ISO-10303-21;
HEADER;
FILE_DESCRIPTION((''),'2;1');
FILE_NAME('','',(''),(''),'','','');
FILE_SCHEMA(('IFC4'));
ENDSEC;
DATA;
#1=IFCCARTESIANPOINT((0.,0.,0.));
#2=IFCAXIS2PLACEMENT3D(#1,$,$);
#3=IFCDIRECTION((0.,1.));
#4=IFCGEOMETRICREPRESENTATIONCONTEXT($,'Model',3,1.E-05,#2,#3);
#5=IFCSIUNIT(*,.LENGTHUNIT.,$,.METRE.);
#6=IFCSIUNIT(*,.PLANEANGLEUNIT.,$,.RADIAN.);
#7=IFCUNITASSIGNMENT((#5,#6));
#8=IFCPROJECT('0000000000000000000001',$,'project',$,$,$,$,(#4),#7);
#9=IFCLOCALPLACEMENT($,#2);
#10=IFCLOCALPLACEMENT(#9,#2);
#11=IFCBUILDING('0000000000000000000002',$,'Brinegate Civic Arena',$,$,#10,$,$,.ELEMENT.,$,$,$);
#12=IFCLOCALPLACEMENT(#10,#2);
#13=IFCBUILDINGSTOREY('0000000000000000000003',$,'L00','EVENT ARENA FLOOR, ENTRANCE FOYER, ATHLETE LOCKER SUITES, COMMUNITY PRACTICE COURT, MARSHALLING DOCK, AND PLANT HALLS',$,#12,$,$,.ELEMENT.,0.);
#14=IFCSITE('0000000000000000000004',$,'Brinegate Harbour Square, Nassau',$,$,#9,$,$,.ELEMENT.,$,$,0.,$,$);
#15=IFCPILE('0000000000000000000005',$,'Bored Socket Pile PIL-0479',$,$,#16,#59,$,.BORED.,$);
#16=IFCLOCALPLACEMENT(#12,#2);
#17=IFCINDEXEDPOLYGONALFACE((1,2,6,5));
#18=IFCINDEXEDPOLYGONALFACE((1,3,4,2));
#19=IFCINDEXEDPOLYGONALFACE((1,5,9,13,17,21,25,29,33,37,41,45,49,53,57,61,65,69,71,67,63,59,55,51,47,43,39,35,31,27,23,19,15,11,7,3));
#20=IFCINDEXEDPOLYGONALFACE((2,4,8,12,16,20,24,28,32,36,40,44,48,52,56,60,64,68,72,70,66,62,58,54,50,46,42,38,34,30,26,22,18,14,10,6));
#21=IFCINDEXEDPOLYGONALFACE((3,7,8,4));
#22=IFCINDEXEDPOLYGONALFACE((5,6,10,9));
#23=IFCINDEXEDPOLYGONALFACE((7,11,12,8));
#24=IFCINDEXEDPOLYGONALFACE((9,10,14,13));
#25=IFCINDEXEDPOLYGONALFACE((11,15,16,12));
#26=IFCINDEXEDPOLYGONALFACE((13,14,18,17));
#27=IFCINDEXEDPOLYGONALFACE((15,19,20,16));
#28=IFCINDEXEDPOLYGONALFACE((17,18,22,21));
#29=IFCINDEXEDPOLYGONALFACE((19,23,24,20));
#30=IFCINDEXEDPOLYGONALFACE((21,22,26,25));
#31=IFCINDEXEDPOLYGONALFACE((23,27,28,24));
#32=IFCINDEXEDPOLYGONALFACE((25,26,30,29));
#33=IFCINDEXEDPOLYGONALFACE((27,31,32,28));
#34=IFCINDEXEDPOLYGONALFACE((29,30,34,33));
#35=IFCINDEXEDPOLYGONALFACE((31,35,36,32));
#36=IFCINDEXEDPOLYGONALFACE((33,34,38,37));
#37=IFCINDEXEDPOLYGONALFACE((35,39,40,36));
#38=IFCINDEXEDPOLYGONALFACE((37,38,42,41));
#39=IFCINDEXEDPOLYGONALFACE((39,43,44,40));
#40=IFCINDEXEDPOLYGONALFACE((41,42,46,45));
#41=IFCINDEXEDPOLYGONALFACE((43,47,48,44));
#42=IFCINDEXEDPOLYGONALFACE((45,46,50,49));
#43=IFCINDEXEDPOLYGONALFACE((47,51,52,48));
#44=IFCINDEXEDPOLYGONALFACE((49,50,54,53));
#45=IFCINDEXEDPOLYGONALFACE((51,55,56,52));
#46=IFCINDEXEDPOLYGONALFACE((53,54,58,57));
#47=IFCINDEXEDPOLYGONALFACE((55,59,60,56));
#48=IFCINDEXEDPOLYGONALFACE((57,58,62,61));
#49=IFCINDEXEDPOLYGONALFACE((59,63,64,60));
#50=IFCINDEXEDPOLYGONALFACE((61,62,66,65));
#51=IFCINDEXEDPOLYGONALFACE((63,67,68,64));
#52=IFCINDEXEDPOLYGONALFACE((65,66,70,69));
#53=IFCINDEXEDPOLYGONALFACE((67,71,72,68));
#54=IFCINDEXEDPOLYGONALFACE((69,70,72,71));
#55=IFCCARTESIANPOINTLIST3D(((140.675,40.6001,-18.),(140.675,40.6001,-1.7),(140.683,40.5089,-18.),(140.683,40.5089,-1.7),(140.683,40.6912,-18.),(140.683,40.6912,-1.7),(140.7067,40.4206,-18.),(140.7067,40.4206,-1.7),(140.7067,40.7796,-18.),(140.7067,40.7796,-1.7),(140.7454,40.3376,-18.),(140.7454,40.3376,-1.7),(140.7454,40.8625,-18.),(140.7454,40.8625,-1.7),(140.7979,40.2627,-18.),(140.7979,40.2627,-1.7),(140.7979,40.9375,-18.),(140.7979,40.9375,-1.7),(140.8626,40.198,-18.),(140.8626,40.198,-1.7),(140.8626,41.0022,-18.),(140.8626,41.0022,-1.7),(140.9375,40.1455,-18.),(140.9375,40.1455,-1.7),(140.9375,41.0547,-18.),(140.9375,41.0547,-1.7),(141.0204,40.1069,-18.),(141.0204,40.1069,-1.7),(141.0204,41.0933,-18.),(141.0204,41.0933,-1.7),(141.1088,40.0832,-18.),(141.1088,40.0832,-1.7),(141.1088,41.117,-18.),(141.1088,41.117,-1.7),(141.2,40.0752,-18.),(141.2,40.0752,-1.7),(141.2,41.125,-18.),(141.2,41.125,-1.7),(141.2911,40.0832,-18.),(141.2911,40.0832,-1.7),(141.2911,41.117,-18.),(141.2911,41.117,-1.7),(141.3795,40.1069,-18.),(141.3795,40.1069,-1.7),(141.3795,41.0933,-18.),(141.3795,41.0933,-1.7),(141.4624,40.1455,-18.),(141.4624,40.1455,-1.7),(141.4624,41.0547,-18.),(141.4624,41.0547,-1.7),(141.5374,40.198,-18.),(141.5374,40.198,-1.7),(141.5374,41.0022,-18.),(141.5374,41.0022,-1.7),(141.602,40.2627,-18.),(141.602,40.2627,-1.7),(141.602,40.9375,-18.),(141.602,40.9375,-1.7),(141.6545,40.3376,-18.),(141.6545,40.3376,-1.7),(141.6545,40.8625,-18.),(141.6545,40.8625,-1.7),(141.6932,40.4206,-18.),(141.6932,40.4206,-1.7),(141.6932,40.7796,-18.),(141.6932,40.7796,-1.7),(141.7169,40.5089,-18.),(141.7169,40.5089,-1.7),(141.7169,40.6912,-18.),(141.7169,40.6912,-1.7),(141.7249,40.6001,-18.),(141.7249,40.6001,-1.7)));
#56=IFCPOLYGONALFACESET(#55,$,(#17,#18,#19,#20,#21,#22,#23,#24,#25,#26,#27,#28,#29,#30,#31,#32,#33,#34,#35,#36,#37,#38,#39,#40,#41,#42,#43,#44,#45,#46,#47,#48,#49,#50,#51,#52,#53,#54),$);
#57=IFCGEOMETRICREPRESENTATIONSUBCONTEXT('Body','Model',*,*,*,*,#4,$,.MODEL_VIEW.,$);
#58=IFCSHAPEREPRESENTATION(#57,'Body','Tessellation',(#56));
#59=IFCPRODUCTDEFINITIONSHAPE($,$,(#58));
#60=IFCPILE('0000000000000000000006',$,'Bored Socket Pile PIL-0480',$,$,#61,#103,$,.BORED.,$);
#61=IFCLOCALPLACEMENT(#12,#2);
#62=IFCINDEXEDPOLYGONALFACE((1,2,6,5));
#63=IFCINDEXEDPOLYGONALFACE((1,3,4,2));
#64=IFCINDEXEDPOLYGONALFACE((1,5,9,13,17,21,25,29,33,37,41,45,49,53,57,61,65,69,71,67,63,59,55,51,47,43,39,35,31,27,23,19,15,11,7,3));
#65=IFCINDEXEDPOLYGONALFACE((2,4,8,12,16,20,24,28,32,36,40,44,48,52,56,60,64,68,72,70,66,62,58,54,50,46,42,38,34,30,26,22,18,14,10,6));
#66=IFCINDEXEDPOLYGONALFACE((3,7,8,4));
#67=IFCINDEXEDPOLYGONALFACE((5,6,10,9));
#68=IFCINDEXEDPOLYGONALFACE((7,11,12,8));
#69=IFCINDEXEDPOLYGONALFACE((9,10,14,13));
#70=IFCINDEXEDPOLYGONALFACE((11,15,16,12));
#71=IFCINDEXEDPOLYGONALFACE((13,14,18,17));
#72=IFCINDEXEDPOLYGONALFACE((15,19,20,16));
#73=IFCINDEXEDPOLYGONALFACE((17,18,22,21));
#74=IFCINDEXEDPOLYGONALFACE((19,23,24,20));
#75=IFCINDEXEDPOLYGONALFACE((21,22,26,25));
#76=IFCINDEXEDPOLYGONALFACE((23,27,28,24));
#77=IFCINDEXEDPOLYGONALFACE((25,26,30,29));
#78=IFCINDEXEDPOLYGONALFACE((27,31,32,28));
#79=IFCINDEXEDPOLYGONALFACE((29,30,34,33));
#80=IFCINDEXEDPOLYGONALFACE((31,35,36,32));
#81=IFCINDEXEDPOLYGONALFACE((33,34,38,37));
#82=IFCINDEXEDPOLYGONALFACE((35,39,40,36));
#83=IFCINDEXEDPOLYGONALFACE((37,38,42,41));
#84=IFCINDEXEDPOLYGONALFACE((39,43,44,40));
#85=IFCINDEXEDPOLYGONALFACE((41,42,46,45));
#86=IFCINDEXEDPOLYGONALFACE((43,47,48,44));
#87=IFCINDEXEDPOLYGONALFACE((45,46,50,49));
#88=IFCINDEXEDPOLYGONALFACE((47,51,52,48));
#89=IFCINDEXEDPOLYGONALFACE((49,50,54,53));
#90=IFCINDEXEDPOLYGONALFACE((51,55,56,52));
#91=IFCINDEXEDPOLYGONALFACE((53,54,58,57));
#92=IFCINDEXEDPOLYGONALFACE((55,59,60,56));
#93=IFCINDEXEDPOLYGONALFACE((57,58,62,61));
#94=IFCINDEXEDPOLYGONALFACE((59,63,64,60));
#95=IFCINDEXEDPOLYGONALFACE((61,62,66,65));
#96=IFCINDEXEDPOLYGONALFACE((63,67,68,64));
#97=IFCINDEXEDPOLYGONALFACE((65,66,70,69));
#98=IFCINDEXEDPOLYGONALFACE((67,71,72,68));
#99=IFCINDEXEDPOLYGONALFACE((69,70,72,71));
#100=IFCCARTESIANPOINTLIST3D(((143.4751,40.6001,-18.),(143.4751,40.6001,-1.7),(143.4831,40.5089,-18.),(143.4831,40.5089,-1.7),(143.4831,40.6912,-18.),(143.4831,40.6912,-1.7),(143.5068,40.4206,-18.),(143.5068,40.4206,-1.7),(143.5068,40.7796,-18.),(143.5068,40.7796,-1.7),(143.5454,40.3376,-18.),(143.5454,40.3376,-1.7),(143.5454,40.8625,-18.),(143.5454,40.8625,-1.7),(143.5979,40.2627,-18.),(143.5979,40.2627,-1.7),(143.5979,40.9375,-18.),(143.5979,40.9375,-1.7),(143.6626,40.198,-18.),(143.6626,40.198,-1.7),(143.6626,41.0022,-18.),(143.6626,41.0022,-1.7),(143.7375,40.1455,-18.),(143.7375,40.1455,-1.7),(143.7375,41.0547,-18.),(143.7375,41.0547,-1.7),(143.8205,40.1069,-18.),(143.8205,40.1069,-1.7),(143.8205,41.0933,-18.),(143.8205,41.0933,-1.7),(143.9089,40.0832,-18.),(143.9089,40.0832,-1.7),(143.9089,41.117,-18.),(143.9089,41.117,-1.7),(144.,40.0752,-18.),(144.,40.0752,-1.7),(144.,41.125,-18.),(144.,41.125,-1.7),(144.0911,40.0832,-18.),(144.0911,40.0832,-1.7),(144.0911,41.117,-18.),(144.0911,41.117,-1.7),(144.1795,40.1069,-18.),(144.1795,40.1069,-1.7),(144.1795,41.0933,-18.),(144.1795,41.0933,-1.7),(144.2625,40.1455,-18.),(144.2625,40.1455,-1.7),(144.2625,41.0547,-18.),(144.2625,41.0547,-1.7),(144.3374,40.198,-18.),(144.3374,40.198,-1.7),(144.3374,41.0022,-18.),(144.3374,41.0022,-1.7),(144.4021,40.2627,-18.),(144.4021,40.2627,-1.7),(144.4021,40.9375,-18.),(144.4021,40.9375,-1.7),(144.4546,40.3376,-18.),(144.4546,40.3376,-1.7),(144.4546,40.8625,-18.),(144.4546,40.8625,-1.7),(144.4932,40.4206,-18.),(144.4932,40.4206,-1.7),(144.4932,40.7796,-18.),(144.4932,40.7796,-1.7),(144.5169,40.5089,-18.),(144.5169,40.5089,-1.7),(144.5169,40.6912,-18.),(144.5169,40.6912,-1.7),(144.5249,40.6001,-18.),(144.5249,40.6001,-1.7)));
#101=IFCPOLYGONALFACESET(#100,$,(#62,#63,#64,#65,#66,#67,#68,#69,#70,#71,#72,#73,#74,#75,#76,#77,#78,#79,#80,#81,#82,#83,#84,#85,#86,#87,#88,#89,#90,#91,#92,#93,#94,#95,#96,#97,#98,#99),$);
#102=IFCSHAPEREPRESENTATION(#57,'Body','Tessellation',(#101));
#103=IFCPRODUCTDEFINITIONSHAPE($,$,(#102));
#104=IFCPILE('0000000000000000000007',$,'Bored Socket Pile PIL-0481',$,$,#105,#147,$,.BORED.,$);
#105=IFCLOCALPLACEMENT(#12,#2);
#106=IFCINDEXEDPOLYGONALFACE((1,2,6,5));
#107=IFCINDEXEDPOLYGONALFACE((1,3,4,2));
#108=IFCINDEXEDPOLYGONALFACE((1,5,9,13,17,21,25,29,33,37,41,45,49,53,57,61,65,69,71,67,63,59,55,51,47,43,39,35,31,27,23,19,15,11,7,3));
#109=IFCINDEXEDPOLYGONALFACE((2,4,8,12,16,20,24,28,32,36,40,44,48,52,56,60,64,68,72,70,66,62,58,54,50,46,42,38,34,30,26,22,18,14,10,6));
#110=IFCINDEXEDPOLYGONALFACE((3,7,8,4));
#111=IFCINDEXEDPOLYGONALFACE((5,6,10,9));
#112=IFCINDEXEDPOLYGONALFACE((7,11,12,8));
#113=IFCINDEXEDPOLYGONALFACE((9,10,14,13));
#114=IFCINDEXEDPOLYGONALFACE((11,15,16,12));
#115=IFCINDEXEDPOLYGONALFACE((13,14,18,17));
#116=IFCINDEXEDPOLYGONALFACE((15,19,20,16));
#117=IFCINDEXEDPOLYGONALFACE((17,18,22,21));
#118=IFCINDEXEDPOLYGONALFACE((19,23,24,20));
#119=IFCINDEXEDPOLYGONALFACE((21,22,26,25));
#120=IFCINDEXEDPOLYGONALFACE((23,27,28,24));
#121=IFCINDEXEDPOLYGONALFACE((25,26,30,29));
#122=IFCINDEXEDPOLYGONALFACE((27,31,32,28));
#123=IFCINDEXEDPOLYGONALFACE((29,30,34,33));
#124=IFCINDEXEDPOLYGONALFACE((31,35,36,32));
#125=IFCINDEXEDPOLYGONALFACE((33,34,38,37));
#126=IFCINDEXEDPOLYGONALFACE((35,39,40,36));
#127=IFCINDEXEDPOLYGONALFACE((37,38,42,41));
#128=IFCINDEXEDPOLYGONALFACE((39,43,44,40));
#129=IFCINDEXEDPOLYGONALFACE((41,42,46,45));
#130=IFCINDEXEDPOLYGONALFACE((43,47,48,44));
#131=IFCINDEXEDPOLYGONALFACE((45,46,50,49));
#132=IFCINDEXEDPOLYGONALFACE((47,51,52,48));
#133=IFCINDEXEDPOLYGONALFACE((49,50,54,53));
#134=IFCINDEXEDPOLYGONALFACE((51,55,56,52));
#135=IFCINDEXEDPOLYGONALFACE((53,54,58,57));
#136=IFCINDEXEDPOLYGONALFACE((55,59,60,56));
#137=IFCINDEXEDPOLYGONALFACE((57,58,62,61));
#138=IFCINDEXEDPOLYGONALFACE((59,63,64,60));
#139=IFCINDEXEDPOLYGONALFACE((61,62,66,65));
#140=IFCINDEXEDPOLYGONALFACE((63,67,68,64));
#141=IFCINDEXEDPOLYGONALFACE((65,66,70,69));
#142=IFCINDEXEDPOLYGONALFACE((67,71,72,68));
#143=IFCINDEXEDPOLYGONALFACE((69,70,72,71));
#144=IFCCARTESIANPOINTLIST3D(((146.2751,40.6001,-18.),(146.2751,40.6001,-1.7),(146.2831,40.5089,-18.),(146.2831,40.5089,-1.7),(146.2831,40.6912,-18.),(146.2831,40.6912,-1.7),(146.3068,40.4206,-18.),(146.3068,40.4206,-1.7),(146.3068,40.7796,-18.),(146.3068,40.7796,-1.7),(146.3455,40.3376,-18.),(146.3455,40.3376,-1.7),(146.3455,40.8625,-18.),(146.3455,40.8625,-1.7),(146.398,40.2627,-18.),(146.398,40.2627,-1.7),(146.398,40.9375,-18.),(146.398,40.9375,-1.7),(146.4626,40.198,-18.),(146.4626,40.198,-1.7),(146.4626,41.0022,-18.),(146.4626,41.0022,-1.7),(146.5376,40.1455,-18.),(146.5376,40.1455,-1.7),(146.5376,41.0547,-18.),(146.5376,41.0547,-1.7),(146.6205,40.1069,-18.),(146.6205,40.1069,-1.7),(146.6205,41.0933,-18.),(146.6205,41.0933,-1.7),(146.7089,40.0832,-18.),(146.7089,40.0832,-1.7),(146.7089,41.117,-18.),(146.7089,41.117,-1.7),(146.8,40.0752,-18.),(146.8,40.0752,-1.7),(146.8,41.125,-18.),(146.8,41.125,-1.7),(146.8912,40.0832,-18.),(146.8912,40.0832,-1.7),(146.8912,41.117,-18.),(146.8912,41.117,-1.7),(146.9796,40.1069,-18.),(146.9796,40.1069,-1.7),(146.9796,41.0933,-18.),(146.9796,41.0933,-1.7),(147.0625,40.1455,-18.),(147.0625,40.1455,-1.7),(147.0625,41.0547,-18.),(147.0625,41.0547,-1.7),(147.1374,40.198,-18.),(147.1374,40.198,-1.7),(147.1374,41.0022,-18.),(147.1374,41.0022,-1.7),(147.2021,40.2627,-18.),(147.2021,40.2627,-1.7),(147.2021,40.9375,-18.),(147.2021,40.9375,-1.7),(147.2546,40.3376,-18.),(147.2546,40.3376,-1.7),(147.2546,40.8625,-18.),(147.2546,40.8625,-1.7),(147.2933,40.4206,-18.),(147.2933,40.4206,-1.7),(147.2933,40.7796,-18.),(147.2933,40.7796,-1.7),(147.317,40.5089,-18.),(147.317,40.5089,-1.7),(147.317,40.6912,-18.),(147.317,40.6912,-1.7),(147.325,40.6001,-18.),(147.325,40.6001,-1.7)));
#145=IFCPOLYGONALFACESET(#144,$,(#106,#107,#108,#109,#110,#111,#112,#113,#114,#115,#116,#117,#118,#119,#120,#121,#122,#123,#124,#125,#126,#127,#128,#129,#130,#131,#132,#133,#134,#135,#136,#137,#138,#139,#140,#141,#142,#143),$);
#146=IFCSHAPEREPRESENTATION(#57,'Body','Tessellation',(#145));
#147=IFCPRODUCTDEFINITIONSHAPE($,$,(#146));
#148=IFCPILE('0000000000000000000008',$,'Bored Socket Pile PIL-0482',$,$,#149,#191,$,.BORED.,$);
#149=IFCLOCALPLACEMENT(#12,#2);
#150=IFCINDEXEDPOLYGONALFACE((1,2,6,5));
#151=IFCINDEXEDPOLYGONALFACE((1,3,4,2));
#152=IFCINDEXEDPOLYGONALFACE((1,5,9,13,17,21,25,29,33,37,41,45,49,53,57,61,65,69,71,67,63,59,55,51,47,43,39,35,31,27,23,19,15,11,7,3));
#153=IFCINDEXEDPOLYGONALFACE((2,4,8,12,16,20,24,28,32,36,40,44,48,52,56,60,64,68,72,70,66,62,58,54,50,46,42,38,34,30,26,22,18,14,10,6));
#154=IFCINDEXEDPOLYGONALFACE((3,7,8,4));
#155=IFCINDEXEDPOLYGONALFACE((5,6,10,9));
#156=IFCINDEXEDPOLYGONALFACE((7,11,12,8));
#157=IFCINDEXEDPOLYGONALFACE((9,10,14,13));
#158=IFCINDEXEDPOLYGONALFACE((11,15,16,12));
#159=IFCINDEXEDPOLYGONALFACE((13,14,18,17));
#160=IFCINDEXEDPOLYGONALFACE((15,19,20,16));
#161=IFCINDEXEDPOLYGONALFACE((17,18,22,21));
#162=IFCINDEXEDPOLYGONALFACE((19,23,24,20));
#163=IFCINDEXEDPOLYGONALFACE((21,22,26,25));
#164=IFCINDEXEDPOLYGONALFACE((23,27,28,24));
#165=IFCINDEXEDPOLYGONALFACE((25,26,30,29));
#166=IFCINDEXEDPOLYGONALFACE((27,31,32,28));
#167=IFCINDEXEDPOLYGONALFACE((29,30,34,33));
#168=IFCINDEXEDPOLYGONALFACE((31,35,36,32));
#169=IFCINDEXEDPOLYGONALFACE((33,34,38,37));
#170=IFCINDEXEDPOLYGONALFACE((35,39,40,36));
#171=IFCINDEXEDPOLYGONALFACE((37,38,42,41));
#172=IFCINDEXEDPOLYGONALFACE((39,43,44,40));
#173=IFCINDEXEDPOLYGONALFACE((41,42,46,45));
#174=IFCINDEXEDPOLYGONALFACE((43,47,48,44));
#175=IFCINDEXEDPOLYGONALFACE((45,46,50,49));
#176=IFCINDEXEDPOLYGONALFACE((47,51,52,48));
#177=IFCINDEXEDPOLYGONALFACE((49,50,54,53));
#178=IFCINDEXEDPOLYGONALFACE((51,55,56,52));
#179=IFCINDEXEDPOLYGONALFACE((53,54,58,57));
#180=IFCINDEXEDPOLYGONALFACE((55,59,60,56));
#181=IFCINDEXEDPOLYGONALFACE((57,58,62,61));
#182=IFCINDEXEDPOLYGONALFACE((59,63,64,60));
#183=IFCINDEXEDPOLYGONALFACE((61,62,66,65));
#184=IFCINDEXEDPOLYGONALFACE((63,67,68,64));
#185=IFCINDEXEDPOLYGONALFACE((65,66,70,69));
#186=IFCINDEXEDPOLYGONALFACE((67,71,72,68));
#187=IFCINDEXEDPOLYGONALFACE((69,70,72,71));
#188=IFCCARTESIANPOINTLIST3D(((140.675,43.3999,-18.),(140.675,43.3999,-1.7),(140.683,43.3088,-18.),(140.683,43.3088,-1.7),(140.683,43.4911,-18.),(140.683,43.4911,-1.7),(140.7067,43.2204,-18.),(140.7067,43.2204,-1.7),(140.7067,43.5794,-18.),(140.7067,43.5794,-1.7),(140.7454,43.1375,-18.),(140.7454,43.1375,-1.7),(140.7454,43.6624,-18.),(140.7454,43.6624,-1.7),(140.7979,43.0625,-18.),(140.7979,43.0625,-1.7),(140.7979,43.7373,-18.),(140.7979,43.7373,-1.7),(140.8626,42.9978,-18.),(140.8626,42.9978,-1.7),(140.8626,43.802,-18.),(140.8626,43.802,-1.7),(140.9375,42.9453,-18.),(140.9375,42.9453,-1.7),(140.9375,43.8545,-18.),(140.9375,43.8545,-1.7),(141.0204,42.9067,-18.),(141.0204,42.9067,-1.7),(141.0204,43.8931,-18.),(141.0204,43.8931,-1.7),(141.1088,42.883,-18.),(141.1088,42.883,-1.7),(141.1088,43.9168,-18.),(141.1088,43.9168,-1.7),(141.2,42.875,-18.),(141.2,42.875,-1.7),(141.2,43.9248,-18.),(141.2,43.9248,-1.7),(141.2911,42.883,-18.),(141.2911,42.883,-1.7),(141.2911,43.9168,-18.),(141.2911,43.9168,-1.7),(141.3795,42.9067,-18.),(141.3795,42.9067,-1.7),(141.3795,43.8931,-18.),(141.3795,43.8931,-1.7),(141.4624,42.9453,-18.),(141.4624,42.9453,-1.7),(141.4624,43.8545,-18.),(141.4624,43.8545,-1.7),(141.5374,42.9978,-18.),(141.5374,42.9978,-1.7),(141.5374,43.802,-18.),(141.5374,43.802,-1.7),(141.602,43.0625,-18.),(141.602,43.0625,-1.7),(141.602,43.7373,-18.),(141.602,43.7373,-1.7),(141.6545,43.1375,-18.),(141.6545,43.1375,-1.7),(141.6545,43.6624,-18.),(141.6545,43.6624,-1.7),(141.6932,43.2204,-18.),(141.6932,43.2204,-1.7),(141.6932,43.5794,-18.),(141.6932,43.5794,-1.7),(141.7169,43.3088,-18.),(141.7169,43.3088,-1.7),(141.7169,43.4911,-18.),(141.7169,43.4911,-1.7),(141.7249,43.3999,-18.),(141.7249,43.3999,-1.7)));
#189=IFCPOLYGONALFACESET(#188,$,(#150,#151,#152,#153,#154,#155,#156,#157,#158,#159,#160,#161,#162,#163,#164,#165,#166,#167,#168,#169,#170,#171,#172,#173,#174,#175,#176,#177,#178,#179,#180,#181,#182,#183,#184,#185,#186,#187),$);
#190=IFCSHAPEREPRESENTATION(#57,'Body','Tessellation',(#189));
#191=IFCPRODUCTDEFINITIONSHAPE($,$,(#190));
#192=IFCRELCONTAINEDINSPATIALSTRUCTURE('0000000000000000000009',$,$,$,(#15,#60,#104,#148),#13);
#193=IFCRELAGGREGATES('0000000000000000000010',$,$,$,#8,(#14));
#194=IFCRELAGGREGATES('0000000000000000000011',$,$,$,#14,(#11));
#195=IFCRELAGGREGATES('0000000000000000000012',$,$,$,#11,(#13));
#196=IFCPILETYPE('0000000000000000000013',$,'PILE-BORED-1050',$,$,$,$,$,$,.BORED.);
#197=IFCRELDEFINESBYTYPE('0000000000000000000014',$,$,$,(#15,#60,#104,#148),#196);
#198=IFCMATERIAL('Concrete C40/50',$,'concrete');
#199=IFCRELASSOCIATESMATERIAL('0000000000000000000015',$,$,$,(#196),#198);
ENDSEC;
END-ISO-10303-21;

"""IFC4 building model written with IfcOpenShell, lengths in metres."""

from ifc_helpers import new_model, si_unit, direction, frame, origin, origin_2d, place, context, subcontext, project, spatial, circle, extrude, material, material_profile, profile_set, type_object, element, save


model = new_model("IFC4")

# Units and contexts
model_context = context("Model", 3, precision=1e-05, world=origin(), true_north=direction((0.0, 1.0)))
body_context = subcontext(model_context, "Body", "Model", "MODEL_VIEW")
ifc_project = project(units=[si_unit("LENGTHUNIT", "METRE"), si_unit("PLANEANGLEUNIT", "RADIAN")], contexts=[model_context])

# Site, building, storey
site_placement = place(None, origin())
site = spatial("IfcSite", under=ifc_project, at=site_placement, Name="Brinegate Harbour Square, Nassau", CompositionType="ELEMENT", RefElevation=0.0)
building_placement = place(site_placement, origin())
building = spatial("IfcBuilding", under=site, at=building_placement, Name="Brinegate Civic Arena", CompositionType="ELEMENT")
storey_placement = place(building_placement, origin())
storey = spatial("IfcBuildingStorey", under=building, at=storey_placement, Name="L00", Description="EVENT ARENA FLOOR, ENTRANCE FOYER, ATHLETE LOCKER SUITES, COMMUNITY PRACTICE COURT, MARSHALLING DOCK, AND PLANT HALLS", CompositionType="ELEMENT", Elevation=0.0)

# Shared definitions
ifc_material_1 = material(Name="Concrete C40/50", Category="concrete")

# Piles
ifc_material_profile_1 = material_profile(ifc_material_1, circle(Radius=0.5249, at=origin_2d()), Name="PILED1050")
ifc_profile_set_1 = profile_set([ifc_material_profile_1], Name="Concrete C40/50")
pile_type = type_object("IfcPileType", Name="PILE-BORED-1050", PredefinedType="BORED", material=ifc_profile_set_1)
for number, where, z_axis, x_axis, name in (
    (1, (141.2, 40.6001, -1.7), (0.0, 0.0, -1.0), (1.0, 0.0, 0.0), "Bored Socket Pile PIL-0479"),
    (2, (144.0, 40.6001, -1.7), (0.0, 0.0, -1.0), (1.0, 0.0, 0.0), "Bored Socket Pile PIL-0480"),
    (3, (146.8, 40.6001, -1.7), (0.0, 0.0, -1.0), (1.0, 0.0, 0.0), "Bored Socket Pile PIL-0481"),
    (4, (141.2, 43.3999, -1.7), (0.0, 0.0, -1.0), (1.0, 0.0, 0.0), "Bored Socket Pile PIL-0482"),
):
    element("IfcPile", number, at=place(storey_placement, frame(where, z_axis=z_axis, x_axis=x_axis)), inside=storey, type_object=pile_type, Name=name, PredefinedType="BORED", context=body_context, shape_type="SweptSolid", body=[
        extrude(circle(Radius=0.5249, at=origin_2d()), origin(), (0.0, 0.0, 1.0), 16.3),
    ])

save(model, "model.ifc")
